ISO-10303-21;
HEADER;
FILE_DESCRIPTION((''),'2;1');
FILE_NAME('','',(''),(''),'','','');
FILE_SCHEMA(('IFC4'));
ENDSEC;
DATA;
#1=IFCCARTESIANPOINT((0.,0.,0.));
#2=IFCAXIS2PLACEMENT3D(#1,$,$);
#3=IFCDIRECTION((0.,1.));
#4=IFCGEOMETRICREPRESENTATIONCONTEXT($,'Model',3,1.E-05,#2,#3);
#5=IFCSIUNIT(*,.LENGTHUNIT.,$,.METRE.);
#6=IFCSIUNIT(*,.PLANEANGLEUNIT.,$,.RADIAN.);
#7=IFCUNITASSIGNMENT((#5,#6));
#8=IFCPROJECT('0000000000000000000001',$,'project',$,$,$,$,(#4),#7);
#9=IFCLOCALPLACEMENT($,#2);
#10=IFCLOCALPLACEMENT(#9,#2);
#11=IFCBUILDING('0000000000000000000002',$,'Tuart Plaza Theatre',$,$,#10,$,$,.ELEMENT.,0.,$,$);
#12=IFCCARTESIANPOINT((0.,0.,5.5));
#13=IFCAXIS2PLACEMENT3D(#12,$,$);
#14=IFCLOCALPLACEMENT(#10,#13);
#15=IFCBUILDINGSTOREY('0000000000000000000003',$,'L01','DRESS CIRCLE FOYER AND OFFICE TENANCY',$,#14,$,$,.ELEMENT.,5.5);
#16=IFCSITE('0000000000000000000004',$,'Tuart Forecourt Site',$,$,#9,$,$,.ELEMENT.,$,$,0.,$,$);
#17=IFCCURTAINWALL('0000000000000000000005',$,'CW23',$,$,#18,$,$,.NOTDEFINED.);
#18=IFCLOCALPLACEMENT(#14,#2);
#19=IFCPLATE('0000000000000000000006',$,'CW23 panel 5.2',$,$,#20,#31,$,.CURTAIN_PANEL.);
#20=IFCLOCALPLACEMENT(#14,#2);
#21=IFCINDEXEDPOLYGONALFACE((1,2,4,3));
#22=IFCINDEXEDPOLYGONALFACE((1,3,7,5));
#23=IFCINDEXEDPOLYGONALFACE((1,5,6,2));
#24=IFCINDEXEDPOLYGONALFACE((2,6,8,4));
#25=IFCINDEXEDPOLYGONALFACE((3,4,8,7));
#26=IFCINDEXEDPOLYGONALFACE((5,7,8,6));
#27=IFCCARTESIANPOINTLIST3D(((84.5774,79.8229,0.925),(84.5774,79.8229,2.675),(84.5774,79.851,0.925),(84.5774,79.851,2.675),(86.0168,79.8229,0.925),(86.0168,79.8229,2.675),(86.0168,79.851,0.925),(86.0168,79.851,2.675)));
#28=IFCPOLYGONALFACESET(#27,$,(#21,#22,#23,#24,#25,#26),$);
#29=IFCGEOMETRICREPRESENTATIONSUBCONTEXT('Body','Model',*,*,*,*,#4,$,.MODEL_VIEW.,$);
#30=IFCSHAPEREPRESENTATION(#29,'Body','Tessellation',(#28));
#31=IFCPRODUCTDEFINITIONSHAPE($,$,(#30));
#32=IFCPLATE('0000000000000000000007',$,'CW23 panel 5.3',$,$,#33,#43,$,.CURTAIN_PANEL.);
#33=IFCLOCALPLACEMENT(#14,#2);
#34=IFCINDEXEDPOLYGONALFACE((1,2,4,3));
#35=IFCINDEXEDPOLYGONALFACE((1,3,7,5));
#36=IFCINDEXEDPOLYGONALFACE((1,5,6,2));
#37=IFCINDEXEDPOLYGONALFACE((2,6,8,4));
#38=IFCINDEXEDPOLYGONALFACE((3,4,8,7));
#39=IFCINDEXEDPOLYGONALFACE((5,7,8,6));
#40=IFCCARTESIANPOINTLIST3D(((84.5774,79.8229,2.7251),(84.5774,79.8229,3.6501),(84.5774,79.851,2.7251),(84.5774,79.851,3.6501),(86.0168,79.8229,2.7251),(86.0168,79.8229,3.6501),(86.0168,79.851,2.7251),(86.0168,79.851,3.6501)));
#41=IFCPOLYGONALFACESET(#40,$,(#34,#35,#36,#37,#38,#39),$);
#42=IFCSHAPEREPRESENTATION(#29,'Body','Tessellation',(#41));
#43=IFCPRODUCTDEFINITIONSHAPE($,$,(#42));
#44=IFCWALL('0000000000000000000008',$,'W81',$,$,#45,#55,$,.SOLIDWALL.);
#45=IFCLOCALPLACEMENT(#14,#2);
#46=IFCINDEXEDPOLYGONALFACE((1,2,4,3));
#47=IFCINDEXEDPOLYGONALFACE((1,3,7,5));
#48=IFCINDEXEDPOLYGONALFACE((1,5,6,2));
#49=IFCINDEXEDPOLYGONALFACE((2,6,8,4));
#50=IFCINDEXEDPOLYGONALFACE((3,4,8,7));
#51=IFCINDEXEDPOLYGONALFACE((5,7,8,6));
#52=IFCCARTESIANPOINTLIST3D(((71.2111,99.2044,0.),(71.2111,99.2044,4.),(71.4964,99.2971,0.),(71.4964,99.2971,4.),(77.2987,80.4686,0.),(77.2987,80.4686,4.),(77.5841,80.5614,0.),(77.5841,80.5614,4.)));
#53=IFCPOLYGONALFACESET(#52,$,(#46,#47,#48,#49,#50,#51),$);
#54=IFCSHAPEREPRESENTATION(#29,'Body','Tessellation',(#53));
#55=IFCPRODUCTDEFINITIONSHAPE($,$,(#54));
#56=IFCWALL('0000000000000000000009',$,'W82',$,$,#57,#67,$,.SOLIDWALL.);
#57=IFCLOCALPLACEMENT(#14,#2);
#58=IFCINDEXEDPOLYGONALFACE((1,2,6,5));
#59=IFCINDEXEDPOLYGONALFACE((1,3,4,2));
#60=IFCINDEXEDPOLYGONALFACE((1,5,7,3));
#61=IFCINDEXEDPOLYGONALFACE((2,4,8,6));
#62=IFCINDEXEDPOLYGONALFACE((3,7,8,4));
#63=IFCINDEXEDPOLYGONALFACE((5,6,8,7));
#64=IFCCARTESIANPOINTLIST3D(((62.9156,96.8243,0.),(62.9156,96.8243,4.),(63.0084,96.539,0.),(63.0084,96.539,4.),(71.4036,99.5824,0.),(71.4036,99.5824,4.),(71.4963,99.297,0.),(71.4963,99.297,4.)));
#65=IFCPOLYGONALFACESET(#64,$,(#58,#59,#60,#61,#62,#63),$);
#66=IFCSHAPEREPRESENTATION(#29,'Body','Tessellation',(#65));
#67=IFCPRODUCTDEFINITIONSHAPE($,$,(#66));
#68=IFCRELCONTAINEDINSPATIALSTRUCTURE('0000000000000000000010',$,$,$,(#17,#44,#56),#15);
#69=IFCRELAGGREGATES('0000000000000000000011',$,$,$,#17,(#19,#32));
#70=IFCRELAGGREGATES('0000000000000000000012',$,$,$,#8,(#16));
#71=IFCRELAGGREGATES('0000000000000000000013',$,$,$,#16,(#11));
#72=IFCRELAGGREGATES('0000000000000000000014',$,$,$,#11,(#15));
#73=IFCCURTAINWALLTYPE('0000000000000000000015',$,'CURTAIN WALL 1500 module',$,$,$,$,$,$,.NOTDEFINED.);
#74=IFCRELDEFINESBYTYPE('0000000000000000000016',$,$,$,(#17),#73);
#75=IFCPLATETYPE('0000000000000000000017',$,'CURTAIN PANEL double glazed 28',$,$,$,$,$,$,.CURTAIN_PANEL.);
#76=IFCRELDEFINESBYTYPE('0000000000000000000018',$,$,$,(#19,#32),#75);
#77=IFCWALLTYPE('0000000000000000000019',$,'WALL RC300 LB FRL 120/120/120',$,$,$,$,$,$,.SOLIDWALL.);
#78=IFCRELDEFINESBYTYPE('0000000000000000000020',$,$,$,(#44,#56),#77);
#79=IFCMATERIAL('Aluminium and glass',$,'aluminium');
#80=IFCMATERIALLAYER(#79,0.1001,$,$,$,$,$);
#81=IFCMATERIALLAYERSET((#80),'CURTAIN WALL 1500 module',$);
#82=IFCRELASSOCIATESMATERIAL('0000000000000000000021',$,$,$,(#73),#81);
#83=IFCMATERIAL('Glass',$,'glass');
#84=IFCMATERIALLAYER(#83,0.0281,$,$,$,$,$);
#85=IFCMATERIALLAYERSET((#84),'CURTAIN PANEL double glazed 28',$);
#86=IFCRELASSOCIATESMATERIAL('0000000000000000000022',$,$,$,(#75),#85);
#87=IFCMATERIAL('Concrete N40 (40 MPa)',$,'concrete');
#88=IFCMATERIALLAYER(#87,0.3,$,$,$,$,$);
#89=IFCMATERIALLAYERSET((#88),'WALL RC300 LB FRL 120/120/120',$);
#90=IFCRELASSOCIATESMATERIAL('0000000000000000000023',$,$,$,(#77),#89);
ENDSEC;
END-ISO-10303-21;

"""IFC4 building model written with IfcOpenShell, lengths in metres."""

from ifc_helpers import new_model, si_unit, direction, frame, frame_2d, origin, origin_2d, place, context, subcontext, project, spatial, rectangle, extrude, material, layer, layer_set, type_object, element, aggregate, save


model = new_model("IFC4")

# Units and contexts
model_context = context("Model", 3, precision=1e-05, world=origin(), true_north=direction((0.0, 1.0)))
body_context = subcontext(model_context, "Body", "Model", "MODEL_VIEW")
ifc_project = project(units=[si_unit("LENGTHUNIT", "METRE"), si_unit("PLANEANGLEUNIT", "RADIAN")], contexts=[model_context])

# Site, building, storey
site_placement = place(None, origin())
site = spatial("IfcSite", under=ifc_project, at=site_placement, Name="Tuart Forecourt Site", CompositionType="ELEMENT", RefElevation=0.0)
building_placement = place(site_placement, origin())
building = spatial("IfcBuilding", under=site, at=building_placement, Name="Tuart Plaza Theatre", CompositionType="ELEMENT", ElevationOfRefHeight=0.0)
storey_placement = place(building_placement, frame((0.0, 0.0, 5.5)))
storey = spatial("IfcBuildingStorey", under=building, at=storey_placement, Name="L01", Description="DRESS CIRCLE FOYER AND OFFICE TENANCY", CompositionType="ELEMENT", Elevation=5.5)

# Curtain wall, plates
ifc_material_1 = material(Name="Aluminium and glass", Category="aluminium")
ifc_layer_1 = layer(ifc_material_1, 0.1001)
ifc_layer_set_1 = layer_set([ifc_layer_1], Name="CURTAIN WALL 1500 module")
curtain_wall_type = type_object("IfcCurtainWallType", Name="CURTAIN WALL 1500 module", PredefinedType="NOTDEFINED", material=ifc_layer_set_1)
curtain_wall_placement = place(storey_placement, origin())
curtain_wall = element("IfcCurtainWall", 1, at=curtain_wall_placement, inside=storey, type_object=curtain_wall_type, Name="CW23", PredefinedType="NOTDEFINED")
ifc_material_2 = material(Name="Glass", Category="glass")
ifc_layer_2 = layer(ifc_material_2, 0.0281)
ifc_layer_set_2 = layer_set([ifc_layer_2], Name="CURTAIN PANEL double glazed 28")
plate_type = type_object("IfcPlateType", Name="CURTAIN PANEL double glazed 28", PredefinedType="CURTAIN_PANEL", material=ifc_layer_set_2)
plate_1_placement = place(storey_placement, frame((85.2971, 79.8369, 0.925), z_axis=(0.0, 0.0, 1.0), x_axis=(1.0, 0.0, 0.0)))
plate_1 = element("IfcPlate", 2, at=plate_1_placement, type_object=plate_type, Name="CW23 panel 5.2", PredefinedType="CURTAIN_PANEL", context=body_context, shape_type="SweptSolid", body=[
    extrude(rectangle(XDim=1.4395, YDim=0.0281, at=origin_2d()), origin(), (0.0, 0.0, 1.0), 1.75),
])
plate_2_placement = place(storey_placement, frame((85.2971, 79.8369, 2.7251), z_axis=(0.0, 0.0, 1.0), x_axis=(1.0, 0.0, 0.0)))
plate_2 = element("IfcPlate", 3, at=plate_2_placement, type_object=plate_type, Name="CW23 panel 5.3", PredefinedType="CURTAIN_PANEL", context=body_context, shape_type="SweptSolid", body=[
    extrude(rectangle(XDim=1.4395, YDim=0.0281, at=origin_2d()), origin(), (0.0, 0.0, 1.0), 0.925),
])
aggregate(curtain_wall, [plate_1, plate_2])

# Walls
ifc_material_3 = material(Name="Concrete N40 (40 MPa)", Category="concrete")
ifc_layer_3 = layer(ifc_material_3, 0.3)
ifc_layer_set_3 = layer_set([ifc_layer_3], Name="WALL RC300 LB FRL 120/120/120")
wall_type = type_object("IfcWallType", Name="WALL RC300 LB FRL 120/120/120", PredefinedType="SOLIDWALL", material=ifc_layer_set_3)
wall_1_placement = place(storey_placement, frame((77.4414, 80.5149, 0.0), z_axis=(0.0, 0.0, 1.0), x_axis=(-0.309017, 0.951056, 0.0)))
element("IfcWall", 4, at=wall_1_placement, inside=storey, type_object=wall_type, Name="W81", PredefinedType="SOLIDWALL", context=body_context, shape_type="SweptSolid", body=[
    extrude(rectangle(XDim=19.7, YDim=0.3, at=frame_2d((9.8501, 0.0))), origin(), (0.0, 0.0, 1.0), 4.0),
])
wall_2_placement = place(storey_placement, frame((71.45, 99.4397, 0.0), z_axis=(0.0, 0.0, 1.0), x_axis=(-0.951052, -0.30903, 0.0)))
element("IfcWall", 5, at=wall_2_placement, inside=storey, type_object=wall_type, Name="W82", PredefinedType="SOLIDWALL", context=body_context, shape_type="SweptSolid", body=[
    extrude(rectangle(XDim=8.9248, YDim=0.3, at=frame_2d((4.4624, 0.0))), origin(), (0.0, 0.0, 1.0), 4.0),
])

save(model, "model.ifc")
